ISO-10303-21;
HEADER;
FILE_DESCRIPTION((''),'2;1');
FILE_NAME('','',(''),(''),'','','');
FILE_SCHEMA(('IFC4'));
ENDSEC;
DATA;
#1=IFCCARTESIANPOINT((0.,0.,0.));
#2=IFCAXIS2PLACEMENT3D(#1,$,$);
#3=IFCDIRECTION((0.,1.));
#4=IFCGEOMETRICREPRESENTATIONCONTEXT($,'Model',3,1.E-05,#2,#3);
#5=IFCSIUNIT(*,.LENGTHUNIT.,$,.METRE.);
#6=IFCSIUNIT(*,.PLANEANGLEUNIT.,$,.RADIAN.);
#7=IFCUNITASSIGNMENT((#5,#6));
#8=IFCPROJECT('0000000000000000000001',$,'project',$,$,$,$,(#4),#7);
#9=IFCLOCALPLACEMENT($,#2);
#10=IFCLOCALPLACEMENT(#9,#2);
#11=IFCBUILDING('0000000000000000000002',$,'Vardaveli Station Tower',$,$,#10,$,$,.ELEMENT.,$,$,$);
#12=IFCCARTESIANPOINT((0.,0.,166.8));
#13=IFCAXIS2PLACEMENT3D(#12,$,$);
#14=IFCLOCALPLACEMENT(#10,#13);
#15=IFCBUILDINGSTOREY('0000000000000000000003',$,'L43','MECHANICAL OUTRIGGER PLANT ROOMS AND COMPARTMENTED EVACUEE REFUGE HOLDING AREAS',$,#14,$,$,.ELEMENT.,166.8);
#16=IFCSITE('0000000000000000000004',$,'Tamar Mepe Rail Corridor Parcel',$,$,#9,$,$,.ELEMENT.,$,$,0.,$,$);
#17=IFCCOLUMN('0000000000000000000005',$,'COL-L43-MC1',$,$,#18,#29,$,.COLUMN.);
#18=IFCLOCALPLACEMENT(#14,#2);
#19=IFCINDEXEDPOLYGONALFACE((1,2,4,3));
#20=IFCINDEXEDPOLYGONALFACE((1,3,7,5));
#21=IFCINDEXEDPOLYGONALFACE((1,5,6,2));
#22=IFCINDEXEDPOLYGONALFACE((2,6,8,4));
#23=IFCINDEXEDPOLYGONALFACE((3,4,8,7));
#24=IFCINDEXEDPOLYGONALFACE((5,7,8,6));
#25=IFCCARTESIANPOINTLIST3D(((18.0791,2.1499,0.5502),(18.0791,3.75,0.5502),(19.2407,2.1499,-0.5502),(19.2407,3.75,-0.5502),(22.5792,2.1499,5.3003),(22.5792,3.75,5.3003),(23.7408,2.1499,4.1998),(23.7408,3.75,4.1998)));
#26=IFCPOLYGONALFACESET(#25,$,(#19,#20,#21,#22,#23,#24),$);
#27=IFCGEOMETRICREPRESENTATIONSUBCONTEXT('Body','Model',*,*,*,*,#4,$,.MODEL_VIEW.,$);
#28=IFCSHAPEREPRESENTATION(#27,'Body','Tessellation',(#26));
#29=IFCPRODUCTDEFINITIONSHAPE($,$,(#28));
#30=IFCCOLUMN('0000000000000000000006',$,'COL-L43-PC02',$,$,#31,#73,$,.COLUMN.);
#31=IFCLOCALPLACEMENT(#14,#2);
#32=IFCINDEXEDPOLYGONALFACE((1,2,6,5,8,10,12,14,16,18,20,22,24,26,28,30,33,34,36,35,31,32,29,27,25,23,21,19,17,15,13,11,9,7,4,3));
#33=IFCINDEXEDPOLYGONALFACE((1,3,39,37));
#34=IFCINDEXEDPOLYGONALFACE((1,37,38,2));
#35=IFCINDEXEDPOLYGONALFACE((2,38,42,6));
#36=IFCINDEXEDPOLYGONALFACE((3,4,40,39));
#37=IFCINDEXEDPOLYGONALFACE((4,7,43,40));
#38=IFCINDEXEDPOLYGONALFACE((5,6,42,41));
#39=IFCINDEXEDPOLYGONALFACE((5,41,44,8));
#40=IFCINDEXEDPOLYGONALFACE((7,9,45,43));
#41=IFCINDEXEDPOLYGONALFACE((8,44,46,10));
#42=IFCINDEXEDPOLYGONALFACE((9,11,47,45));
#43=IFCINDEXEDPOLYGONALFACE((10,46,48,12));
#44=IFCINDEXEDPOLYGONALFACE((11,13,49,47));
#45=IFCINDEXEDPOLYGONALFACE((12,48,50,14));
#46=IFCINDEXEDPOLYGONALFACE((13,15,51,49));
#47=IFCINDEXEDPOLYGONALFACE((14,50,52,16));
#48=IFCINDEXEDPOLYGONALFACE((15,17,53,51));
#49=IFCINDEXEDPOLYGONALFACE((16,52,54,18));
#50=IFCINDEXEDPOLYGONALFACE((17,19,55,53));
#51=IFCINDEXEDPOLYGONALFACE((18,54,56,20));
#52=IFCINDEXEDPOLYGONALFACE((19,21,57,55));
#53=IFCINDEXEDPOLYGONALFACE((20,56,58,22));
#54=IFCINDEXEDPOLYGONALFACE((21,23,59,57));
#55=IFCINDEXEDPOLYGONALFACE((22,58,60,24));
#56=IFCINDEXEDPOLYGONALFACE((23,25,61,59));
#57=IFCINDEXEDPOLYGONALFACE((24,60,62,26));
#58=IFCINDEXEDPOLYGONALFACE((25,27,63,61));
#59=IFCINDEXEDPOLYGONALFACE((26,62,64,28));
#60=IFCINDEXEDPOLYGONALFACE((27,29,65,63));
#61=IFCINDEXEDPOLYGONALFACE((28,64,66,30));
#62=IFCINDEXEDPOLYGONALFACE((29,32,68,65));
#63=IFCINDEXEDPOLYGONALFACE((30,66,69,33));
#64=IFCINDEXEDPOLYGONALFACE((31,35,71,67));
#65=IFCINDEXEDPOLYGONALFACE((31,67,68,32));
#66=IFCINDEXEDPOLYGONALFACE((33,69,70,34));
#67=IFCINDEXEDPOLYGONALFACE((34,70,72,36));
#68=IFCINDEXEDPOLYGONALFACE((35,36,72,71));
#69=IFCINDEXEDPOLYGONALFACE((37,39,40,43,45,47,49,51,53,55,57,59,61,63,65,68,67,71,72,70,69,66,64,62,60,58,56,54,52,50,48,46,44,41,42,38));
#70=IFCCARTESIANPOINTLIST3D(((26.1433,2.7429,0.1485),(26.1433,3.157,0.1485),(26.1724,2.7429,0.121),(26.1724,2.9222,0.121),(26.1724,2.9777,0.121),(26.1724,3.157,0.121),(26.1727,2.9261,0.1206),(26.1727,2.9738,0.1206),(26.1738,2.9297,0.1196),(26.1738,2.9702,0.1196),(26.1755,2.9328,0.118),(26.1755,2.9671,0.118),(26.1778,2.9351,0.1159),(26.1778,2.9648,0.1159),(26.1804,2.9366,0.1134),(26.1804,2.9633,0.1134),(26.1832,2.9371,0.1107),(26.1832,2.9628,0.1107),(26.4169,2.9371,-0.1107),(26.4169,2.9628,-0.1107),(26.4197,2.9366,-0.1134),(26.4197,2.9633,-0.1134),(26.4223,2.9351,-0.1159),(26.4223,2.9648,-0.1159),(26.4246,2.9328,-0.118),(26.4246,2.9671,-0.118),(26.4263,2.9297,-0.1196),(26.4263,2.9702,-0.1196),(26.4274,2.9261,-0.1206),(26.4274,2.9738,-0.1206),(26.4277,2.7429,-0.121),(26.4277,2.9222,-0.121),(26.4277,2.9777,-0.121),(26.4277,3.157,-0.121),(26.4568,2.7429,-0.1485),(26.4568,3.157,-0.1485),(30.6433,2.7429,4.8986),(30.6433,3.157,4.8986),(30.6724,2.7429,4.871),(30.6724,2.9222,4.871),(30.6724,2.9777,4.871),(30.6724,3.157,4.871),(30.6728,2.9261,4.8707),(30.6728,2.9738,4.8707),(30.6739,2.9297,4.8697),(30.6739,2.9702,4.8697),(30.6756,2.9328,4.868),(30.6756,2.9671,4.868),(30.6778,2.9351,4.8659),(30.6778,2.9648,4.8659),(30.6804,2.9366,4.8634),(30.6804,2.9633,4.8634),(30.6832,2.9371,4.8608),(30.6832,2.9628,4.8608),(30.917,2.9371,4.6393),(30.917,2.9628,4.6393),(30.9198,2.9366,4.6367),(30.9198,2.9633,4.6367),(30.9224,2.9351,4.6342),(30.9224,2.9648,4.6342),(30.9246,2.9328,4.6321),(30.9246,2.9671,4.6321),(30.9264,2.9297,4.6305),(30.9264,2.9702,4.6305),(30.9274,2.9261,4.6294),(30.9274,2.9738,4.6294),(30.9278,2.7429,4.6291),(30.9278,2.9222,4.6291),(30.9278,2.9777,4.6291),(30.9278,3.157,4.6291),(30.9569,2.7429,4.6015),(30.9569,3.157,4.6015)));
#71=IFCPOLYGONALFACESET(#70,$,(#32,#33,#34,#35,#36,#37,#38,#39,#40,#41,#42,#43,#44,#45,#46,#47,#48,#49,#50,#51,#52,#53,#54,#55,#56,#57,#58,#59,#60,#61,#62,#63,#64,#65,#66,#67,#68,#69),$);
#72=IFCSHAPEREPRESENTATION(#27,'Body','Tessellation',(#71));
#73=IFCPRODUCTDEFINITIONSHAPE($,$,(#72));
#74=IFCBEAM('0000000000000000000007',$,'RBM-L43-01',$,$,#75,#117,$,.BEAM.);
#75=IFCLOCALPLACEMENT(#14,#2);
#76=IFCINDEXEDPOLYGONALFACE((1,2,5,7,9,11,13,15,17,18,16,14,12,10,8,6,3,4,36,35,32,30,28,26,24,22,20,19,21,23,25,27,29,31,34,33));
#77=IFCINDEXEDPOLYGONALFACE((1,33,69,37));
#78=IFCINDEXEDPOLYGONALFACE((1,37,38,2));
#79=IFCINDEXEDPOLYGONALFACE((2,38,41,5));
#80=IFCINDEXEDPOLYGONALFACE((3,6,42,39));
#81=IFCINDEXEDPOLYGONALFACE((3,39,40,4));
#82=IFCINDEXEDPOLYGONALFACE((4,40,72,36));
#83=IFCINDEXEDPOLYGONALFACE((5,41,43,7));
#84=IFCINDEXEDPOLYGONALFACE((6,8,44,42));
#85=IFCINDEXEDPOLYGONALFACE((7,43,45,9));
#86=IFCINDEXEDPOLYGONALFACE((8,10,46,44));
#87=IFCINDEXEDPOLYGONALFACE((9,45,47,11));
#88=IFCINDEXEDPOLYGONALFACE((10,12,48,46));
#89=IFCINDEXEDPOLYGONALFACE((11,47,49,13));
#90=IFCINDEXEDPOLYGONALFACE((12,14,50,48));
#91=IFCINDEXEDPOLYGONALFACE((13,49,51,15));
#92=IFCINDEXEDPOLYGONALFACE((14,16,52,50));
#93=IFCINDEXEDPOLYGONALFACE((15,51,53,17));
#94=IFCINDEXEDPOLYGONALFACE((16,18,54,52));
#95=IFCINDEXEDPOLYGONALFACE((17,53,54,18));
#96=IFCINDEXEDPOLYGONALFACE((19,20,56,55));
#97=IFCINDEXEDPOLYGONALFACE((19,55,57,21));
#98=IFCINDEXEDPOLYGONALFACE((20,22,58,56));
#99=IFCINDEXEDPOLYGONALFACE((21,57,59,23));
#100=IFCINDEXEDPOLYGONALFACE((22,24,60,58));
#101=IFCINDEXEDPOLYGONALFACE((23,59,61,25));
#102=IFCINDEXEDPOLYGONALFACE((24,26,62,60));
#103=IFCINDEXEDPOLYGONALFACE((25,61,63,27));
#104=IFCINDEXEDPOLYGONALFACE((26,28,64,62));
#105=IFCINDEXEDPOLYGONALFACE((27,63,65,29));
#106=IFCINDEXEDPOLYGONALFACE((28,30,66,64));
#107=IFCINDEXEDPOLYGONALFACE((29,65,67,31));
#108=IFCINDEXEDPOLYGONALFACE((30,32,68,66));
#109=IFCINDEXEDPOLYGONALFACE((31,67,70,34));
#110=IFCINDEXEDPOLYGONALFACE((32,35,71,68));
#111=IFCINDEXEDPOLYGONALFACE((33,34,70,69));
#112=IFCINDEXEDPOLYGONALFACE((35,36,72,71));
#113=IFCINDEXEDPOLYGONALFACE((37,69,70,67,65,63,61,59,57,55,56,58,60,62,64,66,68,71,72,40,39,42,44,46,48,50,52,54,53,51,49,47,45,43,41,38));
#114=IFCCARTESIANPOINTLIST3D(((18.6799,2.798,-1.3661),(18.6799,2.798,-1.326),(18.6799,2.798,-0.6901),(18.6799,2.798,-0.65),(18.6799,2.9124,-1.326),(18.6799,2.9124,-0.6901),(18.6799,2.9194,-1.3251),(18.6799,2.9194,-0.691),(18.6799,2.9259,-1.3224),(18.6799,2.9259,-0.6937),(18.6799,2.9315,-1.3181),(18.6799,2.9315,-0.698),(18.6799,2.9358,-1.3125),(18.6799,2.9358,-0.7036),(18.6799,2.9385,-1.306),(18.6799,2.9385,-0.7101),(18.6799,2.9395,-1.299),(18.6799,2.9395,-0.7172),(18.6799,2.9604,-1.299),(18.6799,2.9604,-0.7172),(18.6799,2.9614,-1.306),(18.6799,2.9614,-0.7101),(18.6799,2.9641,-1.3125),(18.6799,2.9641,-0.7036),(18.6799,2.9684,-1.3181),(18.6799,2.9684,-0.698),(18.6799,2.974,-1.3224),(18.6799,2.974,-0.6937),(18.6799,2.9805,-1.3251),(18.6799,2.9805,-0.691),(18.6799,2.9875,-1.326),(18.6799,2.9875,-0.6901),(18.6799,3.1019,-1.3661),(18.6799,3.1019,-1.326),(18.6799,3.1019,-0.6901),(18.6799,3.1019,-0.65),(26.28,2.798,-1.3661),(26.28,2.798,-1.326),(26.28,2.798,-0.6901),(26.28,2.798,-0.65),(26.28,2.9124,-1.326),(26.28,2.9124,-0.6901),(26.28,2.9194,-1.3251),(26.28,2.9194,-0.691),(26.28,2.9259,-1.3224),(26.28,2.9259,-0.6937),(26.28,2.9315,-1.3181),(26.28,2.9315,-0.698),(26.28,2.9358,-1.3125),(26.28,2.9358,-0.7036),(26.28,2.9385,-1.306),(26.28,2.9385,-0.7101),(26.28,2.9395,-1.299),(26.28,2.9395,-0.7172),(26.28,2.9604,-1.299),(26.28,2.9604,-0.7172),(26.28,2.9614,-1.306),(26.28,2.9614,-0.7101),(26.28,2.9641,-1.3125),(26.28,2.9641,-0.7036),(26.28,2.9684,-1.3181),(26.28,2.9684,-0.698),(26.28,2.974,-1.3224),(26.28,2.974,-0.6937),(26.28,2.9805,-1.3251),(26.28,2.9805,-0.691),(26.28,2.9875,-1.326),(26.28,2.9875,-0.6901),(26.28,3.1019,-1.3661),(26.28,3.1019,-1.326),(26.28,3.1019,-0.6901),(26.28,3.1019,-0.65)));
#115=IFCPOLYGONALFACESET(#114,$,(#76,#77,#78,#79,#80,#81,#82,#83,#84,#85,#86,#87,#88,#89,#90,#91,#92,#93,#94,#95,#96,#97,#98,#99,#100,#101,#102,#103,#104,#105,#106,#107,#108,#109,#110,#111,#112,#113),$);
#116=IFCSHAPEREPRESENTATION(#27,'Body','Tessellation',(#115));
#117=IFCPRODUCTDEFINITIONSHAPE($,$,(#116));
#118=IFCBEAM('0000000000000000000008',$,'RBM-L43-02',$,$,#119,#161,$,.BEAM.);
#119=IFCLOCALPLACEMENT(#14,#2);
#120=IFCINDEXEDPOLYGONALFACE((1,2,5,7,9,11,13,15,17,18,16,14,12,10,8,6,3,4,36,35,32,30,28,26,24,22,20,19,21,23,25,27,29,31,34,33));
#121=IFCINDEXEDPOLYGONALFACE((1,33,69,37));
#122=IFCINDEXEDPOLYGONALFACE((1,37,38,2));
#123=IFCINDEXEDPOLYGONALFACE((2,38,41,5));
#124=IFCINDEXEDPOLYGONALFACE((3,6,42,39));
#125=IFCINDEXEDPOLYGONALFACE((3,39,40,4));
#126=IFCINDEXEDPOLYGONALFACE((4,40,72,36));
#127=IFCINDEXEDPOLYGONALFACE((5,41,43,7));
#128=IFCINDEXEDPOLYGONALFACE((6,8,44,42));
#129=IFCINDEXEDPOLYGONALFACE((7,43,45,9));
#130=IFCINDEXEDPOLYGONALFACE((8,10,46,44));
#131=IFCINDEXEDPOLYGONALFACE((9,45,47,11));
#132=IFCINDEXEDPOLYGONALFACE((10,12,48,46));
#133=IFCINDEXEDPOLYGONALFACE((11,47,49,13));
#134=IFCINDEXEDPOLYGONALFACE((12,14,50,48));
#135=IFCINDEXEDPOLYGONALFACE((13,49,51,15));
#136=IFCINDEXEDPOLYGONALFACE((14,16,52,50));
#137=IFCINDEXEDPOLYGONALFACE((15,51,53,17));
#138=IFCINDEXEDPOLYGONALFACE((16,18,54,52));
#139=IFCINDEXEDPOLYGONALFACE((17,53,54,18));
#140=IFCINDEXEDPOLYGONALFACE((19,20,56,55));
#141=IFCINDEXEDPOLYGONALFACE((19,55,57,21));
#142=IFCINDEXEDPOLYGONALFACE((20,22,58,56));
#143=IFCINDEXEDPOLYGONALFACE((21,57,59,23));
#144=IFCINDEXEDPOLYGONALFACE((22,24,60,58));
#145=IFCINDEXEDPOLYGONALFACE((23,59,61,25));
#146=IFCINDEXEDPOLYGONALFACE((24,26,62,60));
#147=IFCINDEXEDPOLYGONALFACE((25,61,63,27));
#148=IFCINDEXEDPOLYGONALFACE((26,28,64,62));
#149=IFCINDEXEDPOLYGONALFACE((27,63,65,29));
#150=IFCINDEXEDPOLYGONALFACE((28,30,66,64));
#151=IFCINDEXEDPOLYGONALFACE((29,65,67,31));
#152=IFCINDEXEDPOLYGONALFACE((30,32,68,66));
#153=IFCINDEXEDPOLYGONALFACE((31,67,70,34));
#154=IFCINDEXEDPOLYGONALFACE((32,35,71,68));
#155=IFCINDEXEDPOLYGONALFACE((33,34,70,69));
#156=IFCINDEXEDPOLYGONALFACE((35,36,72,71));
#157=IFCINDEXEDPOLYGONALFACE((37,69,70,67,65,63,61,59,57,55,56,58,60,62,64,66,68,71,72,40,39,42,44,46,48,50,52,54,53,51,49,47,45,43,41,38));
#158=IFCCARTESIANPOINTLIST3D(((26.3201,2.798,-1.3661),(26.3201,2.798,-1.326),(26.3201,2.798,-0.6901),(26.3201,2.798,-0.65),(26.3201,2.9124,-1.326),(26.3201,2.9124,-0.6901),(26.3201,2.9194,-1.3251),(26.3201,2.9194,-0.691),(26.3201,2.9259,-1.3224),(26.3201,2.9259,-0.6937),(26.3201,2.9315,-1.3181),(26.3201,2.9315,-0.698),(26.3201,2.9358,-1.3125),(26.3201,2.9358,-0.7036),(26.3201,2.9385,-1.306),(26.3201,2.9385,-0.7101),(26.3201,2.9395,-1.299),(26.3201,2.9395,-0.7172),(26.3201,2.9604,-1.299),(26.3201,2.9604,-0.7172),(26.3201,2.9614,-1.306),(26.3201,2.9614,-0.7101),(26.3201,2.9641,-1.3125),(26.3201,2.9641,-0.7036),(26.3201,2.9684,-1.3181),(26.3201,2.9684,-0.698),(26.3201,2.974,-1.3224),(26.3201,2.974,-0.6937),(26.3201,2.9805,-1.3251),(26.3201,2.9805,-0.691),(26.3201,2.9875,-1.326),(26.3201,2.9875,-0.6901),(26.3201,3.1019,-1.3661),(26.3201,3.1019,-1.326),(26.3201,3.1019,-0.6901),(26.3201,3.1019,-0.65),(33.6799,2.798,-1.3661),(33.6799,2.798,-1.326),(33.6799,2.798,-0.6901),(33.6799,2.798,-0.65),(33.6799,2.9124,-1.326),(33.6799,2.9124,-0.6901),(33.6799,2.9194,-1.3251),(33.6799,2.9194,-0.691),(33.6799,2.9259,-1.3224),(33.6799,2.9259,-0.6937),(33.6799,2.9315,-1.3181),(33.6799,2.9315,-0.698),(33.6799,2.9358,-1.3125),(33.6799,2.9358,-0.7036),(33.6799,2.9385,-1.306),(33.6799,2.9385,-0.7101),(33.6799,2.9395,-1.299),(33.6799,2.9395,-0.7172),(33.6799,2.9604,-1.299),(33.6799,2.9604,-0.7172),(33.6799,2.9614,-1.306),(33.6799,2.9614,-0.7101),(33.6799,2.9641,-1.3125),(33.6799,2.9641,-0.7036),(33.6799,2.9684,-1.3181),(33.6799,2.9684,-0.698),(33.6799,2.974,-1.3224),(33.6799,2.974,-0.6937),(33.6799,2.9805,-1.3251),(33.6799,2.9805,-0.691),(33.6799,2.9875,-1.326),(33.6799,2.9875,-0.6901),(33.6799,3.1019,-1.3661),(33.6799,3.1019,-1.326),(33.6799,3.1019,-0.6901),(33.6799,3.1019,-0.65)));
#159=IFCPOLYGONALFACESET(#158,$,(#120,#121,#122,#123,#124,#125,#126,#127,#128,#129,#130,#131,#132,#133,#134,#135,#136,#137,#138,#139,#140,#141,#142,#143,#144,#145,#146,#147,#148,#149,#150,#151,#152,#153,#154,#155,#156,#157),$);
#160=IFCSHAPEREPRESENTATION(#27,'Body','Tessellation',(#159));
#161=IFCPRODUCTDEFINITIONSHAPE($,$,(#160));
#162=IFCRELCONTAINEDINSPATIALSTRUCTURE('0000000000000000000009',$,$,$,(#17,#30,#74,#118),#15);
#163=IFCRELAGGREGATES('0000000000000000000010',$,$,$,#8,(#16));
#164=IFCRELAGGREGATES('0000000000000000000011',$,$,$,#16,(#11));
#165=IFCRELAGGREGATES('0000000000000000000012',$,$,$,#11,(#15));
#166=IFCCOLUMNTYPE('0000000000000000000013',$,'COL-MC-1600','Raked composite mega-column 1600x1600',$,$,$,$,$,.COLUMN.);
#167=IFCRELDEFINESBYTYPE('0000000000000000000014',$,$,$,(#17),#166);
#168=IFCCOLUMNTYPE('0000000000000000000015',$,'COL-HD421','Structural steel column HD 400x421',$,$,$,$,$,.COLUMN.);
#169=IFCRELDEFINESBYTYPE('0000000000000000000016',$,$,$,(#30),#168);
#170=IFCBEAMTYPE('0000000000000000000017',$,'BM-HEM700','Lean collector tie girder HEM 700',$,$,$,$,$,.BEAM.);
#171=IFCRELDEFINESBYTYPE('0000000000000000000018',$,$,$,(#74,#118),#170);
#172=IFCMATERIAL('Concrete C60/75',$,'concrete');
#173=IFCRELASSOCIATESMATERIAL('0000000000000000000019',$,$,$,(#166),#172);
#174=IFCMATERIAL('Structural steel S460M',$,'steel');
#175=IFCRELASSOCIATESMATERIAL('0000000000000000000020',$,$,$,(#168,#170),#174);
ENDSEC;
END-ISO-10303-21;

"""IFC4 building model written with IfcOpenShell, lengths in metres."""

from ifc_helpers import new_model, si_unit, direction, frame, origin, origin_2d, place, context, subcontext, project, spatial, rectangle, i_section, extrude, source, transform, mapped, material, material_profile, profile_set, type_object, element, save


model = new_model("IFC4")

# Units and contexts
model_context = context("Model", 3, precision=1e-05, world=origin(), true_north=direction((0.0, 1.0)))
body_context = subcontext(model_context, "Body", "Model", "MODEL_VIEW")
ifc_project = project(units=[si_unit("LENGTHUNIT", "METRE"), si_unit("PLANEANGLEUNIT", "RADIAN")], contexts=[model_context])

# Site, building, storey
site_placement = place(None, origin())
site = spatial("IfcSite", under=ifc_project, at=site_placement, Name="Tamar Mepe Rail Corridor Parcel", CompositionType="ELEMENT", RefElevation=0.0)
building_placement = place(site_placement, origin())
building = spatial("IfcBuilding", under=site, at=building_placement, Name="Vardaveli Station Tower", CompositionType="ELEMENT")
storey_placement = place(building_placement, frame((0.0, 0.0, 166.8)))
storey = spatial("IfcBuildingStorey", under=building, at=storey_placement, Name="L43", Description="MECHANICAL OUTRIGGER PLANT ROOMS AND COMPARTMENTED EVACUEE REFUGE HOLDING AREAS", CompositionType="ELEMENT", Elevation=166.8)

# Columns
ifc_material_1 = material(Name="Concrete C60/75", Category="concrete")
ifc_material_profile_1 = material_profile(ifc_material_1, rectangle(XDim=1.6001, YDim=1.6001, at=origin_2d()), Name="MC 1600x1600")
ifc_profile_set_1 = profile_set([ifc_material_profile_1], Name="Concrete C60/75")
column_type_1 = type_object("IfcColumnType", Name="COL-MC-1600", Description="Raked composite mega-column 1600x1600", PredefinedType="COLUMN", material=ifc_profile_set_1)
shared_shape_1 = source(origin(), body_context, "Body", "SweptSolid", [
    extrude(rectangle(XDim=1.6001, YDim=1.6001, at=origin_2d()), origin(), (0.0, 0.0, 1.0), 6.5432),
])
column_1_placement = place(storey_placement, frame((18.6599, 2.95, 0.0), z_axis=(0.687745, 0.0, 0.725953), x_axis=(0.0, 1.0, 0.0)))
element("IfcColumn", 1, at=column_1_placement, inside=storey, type_object=column_type_1, Name="COL-L43-MC1", PredefinedType="COLUMN", context=body_context, shape_type="MappedRepresentation", body=[
    mapped(shared_shape_1, transform((0.0, 0.0, 0.0), scale=1.0)),
])
ifc_material_2 = material(Name="Structural steel S460M", Category="steel")
ifc_material_profile_2 = material_profile(ifc_material_2, i_section(OverallWidth=0.4141, OverallDepth=0.4319, WebThickness=0.0256, FlangeThickness=0.04, FilletRadius=0.0149, at=origin_2d()), Name="HD 400x421")
ifc_profile_set_2 = profile_set([ifc_material_profile_2], Name="Structural steel S460M")
column_type_2 = type_object("IfcColumnType", Name="COL-HD421", Description="Structural steel column HD 400x421", PredefinedType="COLUMN", material=ifc_profile_set_2)
shared_shape_2 = source(origin(), body_context, "Body", "SweptSolid", [
    extrude(i_section(OverallWidth=0.4141, OverallDepth=0.4319, WebThickness=0.0256, FlangeThickness=0.04, FilletRadius=0.0149, at=origin_2d()), origin(), (0.0, 0.0, 1.0), 6.5432),
])
column_2_placement = place(storey_placement, frame((26.3, 2.95, 0.0), z_axis=(0.687745, 0.0, 0.725953), x_axis=(0.0, 1.0, 0.0)))
element("IfcColumn", 2, at=column_2_placement, inside=storey, type_object=column_type_2, Name="COL-L43-PC02", PredefinedType="COLUMN", context=body_context, shape_type="MappedRepresentation", body=[
    mapped(shared_shape_2, transform((0.0, 0.0, 0.0), scale=1.0)),
])

# Beams
ifc_material_profile_3 = material_profile(ifc_material_2, i_section(OverallWidth=0.304, OverallDepth=0.7161, WebThickness=0.021, FlangeThickness=0.04, FilletRadius=0.0271, at=origin_2d()), Name="HEM 700")
ifc_profile_set_3 = profile_set([ifc_material_profile_3], Name="Structural steel S460M")
beam_type_1 = type_object("IfcBeamType", Name="BM-HEM700", Description="Lean collector tie girder HEM 700", PredefinedType="BEAM", material=ifc_profile_set_3)
shared_shape_3 = source(origin(), body_context, "Body", "SweptSolid", [
    extrude(i_section(OverallWidth=0.304, OverallDepth=0.7161, WebThickness=0.021, FlangeThickness=0.04, FilletRadius=0.0271, at=origin_2d()), origin(), (0.0, 0.0, 1.0), 7.6001),
])
beam_1_placement = place(storey_placement, frame((18.6799, 2.95, -1.0081), z_axis=(1.0, 0.0, 0.0), x_axis=(0.0, 1.0, 0.0)))
element("IfcBeam", 3, at=beam_1_placement, inside=storey, type_object=beam_type_1, Name="RBM-L43-01", PredefinedType="BEAM", context=body_context, shape_type="MappedRepresentation", body=[
    mapped(shared_shape_3, transform((0.0, 0.0, 0.0), scale=1.0)),
])
shared_shape_4 = source(origin(), body_context, "Body", "SweptSolid", [
    extrude(i_section(OverallWidth=0.304, OverallDepth=0.7161, WebThickness=0.021, FlangeThickness=0.04, FilletRadius=0.0271, at=origin_2d()), origin(), (0.0, 0.0, 1.0), 7.3599),
])
beam_2_placement = place(storey_placement, frame((26.3201, 2.95, -1.0081), z_axis=(1.0, 0.0, 0.0), x_axis=(0.0, 1.0, 0.0)))
element("IfcBeam", 4, at=beam_2_placement, inside=storey, type_object=beam_type_1, Name="RBM-L43-02", PredefinedType="BEAM", context=body_context, shape_type="MappedRepresentation", body=[
    mapped(shared_shape_4, transform((0.0, 0.0, 0.0), scale=1.0)),
])

save(model, "model.ifc")
